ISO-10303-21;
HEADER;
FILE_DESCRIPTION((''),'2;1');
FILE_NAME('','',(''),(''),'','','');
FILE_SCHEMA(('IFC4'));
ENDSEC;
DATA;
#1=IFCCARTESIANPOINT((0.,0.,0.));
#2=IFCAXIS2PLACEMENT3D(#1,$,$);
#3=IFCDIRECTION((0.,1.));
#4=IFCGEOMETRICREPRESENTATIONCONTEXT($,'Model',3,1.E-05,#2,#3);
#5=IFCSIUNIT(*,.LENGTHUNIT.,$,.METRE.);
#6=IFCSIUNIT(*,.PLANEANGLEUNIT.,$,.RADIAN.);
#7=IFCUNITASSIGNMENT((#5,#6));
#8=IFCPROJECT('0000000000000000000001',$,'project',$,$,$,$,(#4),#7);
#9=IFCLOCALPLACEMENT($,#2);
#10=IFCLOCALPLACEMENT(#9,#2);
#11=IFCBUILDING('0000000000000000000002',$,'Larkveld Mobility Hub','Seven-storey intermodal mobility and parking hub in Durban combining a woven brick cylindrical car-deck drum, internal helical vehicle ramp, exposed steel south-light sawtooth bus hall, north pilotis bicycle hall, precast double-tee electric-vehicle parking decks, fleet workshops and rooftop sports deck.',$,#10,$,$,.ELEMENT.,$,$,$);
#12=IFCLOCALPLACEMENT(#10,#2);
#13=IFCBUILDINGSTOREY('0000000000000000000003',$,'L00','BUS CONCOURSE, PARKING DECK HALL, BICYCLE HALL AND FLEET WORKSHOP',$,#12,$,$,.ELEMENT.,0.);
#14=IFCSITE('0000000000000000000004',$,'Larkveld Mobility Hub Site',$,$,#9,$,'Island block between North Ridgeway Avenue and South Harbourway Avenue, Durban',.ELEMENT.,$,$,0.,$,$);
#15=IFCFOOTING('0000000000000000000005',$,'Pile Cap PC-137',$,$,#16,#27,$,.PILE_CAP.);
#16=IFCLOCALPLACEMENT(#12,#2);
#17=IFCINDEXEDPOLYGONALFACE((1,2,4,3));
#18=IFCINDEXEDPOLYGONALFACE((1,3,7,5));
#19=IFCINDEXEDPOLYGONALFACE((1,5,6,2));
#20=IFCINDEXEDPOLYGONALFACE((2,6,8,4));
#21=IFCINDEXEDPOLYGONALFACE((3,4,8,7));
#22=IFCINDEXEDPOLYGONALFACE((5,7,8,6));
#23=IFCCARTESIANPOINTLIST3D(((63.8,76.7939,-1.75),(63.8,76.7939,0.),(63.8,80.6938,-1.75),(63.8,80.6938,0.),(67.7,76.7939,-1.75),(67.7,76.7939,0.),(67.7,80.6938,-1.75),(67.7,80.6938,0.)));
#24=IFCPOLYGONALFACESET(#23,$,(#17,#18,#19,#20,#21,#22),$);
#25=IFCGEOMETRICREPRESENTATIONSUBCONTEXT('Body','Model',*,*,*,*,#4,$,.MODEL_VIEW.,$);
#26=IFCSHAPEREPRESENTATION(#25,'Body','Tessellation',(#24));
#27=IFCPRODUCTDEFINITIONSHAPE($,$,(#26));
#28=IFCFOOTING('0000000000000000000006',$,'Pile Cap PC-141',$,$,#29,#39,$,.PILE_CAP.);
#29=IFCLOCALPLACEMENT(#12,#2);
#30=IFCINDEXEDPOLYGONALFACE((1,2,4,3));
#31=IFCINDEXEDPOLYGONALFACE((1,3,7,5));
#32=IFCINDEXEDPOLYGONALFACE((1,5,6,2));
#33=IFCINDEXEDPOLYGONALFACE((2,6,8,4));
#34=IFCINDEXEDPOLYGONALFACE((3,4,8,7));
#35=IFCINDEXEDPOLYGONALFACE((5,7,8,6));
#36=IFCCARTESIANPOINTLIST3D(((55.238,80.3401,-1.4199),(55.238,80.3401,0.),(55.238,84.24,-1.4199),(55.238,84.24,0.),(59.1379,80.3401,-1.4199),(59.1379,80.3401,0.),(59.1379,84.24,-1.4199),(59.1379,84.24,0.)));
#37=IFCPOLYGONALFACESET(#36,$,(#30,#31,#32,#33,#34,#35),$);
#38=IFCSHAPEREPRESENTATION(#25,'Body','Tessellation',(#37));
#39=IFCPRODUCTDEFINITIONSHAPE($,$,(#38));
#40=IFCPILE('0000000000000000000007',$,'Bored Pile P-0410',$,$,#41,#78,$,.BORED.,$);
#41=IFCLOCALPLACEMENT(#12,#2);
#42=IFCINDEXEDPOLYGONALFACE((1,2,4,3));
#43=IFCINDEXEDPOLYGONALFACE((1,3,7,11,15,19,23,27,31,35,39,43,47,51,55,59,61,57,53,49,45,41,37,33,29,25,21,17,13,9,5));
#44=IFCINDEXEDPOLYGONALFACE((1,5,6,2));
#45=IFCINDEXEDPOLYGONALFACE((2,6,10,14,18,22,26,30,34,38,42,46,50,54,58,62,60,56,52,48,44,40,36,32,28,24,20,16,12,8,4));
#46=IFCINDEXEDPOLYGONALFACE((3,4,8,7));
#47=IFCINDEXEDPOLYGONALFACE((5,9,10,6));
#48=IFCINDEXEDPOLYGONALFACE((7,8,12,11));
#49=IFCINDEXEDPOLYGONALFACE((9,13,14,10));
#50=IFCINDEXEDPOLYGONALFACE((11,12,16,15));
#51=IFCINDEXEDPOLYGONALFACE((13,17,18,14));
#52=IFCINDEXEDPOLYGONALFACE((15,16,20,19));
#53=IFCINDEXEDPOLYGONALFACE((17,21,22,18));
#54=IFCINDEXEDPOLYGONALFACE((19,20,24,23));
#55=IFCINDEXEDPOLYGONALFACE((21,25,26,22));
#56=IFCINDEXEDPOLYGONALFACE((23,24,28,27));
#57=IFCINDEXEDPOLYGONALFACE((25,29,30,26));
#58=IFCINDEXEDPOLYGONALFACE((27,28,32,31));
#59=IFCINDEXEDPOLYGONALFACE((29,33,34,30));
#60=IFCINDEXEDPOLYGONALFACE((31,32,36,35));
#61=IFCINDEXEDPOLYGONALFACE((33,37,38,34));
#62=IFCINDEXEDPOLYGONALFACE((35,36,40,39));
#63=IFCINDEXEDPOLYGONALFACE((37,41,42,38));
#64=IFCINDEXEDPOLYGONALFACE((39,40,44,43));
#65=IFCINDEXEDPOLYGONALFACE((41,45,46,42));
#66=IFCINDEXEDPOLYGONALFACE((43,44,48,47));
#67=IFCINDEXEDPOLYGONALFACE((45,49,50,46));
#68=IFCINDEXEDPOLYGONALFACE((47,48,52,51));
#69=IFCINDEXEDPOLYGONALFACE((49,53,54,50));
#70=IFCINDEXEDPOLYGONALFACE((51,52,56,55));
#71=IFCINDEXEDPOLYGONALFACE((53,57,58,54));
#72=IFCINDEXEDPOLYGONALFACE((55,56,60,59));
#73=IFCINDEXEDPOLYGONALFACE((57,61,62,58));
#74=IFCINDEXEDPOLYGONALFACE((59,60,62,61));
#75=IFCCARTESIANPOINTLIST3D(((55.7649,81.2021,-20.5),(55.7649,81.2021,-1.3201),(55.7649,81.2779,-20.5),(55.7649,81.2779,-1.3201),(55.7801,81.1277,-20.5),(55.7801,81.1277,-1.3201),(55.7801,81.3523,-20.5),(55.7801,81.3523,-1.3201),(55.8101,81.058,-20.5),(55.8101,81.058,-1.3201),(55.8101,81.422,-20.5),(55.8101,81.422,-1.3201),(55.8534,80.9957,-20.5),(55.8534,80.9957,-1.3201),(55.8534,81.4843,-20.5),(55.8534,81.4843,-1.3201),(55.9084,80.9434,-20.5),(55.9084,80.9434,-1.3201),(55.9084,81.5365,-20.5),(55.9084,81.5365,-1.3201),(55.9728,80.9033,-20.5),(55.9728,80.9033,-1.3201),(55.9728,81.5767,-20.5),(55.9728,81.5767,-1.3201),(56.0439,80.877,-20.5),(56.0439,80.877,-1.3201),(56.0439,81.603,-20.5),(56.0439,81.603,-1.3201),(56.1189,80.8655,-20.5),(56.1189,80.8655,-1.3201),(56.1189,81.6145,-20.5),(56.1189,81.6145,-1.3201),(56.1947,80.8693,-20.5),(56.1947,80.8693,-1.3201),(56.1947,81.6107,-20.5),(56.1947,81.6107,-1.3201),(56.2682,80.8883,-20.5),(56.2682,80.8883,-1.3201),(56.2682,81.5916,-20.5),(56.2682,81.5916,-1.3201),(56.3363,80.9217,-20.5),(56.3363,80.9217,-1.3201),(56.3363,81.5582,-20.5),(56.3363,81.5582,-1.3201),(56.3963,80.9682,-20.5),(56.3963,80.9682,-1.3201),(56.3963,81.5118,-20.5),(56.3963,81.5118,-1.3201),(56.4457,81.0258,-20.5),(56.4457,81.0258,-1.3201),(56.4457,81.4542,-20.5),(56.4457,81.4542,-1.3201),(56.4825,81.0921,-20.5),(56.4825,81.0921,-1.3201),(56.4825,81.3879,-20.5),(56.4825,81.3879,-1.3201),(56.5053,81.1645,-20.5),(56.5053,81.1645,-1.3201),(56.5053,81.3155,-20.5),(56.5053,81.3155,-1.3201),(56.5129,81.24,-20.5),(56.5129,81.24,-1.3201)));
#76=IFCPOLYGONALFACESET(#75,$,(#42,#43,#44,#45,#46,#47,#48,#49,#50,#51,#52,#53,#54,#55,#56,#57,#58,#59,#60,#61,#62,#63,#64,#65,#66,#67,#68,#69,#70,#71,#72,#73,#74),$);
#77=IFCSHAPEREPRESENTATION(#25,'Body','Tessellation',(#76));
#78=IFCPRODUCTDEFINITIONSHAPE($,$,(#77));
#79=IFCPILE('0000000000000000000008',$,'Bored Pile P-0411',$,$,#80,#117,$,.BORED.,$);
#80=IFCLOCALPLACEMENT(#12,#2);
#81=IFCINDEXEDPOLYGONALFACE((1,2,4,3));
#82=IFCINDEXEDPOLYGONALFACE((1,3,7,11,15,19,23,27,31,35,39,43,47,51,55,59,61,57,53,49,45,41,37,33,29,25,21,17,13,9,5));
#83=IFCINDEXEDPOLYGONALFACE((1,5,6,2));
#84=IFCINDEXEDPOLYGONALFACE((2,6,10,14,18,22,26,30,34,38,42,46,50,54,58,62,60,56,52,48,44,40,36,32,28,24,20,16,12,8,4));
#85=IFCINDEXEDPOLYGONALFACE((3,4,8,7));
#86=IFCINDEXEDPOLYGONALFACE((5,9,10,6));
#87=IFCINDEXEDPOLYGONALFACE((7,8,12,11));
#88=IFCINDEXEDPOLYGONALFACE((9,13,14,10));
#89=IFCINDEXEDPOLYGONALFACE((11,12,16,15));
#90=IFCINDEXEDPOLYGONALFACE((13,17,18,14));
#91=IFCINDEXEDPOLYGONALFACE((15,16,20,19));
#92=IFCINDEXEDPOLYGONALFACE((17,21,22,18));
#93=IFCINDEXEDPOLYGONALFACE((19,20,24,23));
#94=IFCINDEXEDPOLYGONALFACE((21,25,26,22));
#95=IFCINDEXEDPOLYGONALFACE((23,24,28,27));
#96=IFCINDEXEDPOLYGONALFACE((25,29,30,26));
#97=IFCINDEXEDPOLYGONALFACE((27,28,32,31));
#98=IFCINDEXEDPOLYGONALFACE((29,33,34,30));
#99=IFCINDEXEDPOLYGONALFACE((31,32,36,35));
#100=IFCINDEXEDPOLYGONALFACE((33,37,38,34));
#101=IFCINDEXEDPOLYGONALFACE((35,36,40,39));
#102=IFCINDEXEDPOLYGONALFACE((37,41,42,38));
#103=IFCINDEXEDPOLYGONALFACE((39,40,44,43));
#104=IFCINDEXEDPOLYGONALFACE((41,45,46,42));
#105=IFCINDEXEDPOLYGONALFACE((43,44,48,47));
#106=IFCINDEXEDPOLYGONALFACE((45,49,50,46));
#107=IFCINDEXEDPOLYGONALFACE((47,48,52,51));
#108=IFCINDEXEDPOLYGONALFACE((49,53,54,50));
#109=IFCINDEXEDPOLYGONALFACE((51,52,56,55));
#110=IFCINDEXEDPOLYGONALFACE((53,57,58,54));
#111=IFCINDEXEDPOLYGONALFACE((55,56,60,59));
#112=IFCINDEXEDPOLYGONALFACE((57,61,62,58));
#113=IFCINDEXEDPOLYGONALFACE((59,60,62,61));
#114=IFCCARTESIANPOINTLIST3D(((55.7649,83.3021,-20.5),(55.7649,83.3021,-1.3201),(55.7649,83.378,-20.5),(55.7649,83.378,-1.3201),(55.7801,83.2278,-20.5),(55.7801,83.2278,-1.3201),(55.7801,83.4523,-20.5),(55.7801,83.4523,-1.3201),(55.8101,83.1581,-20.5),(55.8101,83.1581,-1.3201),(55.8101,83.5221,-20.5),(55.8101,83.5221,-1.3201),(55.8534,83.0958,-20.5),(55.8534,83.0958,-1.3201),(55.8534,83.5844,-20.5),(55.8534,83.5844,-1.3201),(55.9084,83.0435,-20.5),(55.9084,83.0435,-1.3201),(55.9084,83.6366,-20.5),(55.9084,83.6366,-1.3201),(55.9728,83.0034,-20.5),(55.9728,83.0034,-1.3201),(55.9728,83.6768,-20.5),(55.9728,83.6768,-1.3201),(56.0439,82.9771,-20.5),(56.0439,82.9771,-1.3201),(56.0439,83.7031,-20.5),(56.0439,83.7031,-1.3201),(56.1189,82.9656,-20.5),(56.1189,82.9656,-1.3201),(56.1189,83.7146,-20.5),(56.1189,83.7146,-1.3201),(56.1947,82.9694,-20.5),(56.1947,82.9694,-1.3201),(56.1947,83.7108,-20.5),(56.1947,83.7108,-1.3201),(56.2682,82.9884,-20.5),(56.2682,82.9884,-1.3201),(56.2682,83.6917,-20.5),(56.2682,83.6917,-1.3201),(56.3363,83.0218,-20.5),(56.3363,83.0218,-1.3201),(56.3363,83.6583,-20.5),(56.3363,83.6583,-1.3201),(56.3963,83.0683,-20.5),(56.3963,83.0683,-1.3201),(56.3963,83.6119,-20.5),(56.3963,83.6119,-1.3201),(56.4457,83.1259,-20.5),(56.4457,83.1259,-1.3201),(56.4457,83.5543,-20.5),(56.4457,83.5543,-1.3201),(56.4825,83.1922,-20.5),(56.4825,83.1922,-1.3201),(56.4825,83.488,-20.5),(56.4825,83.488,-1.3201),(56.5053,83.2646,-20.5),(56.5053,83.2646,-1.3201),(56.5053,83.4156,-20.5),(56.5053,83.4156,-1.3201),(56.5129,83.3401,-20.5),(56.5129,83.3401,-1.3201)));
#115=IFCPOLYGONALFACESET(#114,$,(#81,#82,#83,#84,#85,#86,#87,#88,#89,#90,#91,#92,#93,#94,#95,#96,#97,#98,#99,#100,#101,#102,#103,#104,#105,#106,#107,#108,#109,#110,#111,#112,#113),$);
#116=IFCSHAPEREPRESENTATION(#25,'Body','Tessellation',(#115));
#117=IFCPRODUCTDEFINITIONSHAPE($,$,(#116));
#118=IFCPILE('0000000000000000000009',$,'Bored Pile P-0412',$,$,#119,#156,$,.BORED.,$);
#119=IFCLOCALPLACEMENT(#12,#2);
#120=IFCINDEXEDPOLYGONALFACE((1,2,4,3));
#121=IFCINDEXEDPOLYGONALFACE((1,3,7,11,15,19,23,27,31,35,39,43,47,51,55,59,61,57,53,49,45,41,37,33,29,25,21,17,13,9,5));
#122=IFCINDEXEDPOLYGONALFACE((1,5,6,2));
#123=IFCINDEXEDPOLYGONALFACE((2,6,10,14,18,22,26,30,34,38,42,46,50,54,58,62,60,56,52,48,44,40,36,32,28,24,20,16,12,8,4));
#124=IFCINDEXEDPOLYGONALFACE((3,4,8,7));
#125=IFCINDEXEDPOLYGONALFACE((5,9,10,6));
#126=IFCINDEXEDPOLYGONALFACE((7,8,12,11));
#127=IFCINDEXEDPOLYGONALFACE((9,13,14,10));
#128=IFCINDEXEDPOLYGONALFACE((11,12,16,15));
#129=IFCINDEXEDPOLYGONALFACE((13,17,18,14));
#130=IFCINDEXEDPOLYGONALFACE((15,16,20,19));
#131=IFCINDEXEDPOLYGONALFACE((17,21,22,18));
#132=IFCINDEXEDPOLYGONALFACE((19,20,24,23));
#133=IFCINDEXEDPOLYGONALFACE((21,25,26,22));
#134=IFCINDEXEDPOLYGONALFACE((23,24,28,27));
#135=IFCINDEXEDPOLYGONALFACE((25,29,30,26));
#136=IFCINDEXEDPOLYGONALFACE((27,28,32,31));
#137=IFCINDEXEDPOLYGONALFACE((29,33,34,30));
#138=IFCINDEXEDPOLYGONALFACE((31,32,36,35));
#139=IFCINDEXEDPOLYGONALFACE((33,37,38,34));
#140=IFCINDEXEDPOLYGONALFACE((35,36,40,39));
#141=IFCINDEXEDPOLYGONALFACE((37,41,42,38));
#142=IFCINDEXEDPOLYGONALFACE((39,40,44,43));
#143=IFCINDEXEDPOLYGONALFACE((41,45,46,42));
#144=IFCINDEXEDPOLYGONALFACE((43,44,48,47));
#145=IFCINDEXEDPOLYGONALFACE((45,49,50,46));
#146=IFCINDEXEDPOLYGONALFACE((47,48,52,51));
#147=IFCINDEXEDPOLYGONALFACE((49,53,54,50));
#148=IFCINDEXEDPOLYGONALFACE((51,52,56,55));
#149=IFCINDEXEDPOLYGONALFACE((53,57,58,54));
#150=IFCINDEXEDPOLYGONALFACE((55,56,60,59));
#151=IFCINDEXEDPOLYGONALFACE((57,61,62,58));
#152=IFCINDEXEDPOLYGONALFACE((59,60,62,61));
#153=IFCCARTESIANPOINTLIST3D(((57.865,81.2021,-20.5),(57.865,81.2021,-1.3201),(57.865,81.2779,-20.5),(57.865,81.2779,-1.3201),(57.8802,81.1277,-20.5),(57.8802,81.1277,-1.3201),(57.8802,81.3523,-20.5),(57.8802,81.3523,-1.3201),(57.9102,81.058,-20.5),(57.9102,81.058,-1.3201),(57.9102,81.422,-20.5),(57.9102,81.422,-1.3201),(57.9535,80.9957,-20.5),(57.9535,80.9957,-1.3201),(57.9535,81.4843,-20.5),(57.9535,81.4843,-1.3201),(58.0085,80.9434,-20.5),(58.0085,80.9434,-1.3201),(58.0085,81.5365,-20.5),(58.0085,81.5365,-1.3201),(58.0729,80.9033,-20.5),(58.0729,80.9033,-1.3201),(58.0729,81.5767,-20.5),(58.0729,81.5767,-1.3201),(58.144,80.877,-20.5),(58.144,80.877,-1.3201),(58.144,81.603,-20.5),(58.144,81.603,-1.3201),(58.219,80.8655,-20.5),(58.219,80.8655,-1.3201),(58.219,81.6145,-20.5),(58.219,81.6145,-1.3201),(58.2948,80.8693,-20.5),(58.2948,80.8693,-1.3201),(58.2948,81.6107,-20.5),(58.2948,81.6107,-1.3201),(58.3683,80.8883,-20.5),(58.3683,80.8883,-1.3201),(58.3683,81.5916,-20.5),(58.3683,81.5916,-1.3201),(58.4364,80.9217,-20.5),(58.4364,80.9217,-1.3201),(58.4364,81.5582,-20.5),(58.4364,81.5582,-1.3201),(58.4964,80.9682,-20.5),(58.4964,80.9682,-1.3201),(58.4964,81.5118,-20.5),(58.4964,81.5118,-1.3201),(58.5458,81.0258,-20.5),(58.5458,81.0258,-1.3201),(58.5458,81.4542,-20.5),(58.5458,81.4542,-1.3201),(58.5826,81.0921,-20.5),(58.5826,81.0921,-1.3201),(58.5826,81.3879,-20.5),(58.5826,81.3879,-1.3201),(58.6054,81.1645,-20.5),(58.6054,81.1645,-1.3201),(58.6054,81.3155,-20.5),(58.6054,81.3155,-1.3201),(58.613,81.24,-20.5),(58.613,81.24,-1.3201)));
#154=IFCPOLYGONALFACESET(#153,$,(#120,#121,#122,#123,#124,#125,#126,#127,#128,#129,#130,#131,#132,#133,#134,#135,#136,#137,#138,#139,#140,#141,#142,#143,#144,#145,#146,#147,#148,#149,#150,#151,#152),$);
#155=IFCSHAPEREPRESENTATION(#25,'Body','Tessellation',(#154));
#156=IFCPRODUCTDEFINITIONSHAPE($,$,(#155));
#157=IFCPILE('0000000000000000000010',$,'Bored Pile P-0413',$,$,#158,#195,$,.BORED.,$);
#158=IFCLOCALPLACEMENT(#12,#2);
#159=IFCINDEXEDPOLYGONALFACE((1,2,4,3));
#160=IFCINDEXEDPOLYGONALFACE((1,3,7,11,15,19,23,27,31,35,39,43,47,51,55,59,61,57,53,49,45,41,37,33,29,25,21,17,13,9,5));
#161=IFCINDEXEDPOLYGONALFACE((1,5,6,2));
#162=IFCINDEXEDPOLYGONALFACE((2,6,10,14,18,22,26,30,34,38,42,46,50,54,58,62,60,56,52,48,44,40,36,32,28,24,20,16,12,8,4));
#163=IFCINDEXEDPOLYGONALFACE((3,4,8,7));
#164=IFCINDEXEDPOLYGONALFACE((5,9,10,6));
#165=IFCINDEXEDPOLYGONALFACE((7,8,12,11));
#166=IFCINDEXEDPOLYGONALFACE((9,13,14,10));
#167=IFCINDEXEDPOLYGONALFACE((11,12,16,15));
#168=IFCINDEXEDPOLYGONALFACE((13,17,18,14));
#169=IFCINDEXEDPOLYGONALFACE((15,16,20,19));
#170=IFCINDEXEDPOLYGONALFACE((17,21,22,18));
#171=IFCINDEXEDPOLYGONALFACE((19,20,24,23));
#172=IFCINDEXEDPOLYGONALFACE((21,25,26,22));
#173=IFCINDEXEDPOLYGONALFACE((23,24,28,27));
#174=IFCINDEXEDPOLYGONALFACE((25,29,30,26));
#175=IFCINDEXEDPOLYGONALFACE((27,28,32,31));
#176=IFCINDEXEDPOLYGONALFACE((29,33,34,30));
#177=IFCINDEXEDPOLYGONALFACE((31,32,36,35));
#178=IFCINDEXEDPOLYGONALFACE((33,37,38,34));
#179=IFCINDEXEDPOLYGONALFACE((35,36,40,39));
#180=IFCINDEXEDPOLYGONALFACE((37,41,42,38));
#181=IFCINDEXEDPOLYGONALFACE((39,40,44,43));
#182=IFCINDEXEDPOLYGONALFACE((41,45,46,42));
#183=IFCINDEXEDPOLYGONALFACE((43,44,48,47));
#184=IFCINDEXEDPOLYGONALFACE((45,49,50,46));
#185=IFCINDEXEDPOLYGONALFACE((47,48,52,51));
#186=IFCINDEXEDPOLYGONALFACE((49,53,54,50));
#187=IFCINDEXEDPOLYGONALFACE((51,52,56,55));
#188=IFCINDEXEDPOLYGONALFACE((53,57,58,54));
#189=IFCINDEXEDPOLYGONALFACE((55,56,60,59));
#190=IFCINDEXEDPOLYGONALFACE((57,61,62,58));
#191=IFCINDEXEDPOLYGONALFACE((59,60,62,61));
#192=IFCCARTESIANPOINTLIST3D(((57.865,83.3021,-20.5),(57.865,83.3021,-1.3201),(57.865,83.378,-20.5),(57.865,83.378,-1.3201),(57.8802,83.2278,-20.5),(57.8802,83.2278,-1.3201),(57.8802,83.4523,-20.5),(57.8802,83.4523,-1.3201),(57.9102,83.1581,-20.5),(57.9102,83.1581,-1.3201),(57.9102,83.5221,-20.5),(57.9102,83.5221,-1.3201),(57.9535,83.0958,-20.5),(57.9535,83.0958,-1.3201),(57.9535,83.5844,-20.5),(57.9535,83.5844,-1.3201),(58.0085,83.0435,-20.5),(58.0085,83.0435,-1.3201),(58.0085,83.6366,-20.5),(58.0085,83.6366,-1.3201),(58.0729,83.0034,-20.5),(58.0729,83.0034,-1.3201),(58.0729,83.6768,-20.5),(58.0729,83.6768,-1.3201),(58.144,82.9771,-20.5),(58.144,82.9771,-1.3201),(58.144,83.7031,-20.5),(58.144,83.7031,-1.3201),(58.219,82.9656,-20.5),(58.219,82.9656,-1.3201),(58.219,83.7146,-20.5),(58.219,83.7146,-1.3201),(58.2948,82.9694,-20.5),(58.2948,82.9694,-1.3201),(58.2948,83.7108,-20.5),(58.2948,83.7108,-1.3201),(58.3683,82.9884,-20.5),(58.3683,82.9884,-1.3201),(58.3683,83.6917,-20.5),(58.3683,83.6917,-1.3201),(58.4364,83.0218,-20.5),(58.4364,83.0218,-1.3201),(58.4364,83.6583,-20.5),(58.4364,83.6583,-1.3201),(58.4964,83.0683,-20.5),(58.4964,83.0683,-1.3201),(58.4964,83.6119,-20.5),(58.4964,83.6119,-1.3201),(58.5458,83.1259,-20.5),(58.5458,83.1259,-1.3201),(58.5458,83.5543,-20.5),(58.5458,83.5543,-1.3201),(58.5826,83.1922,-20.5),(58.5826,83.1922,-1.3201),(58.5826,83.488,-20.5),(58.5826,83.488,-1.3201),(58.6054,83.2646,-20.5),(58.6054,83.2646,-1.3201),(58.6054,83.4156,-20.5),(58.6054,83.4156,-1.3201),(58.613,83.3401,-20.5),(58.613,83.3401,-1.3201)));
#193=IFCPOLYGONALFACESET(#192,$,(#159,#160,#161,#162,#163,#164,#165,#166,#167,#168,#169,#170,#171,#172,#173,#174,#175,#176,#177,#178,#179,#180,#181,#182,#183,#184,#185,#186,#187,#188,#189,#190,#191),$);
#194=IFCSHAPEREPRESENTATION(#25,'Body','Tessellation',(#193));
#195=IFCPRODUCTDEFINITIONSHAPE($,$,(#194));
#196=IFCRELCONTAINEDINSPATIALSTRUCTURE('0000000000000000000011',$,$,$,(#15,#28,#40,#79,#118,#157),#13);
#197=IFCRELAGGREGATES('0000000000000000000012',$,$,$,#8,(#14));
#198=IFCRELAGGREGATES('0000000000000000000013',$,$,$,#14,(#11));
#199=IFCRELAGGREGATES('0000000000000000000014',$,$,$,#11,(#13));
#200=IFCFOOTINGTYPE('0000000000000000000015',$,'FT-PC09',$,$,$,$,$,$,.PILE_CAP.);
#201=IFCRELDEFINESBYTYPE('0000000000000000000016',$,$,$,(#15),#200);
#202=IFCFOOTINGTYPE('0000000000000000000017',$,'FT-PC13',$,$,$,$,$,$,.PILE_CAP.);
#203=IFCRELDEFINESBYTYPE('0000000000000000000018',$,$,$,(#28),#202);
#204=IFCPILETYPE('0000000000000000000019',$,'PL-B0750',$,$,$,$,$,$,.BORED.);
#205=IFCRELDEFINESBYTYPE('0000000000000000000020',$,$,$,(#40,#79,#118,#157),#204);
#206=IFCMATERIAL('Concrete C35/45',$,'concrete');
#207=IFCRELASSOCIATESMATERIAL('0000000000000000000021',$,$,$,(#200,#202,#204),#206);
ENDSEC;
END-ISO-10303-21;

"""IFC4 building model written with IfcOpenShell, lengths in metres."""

from ifc_helpers import new_model, si_unit, direction, frame, origin, origin_2d, place, context, subcontext, project, spatial, rectangle, circle, extrude, material, material_profile, profile_set, type_object, element, save


model = new_model("IFC4")

# Units and contexts
model_context = context("Model", 3, precision=1e-05, world=origin(), true_north=direction((0.0, 1.0)))
body_context = subcontext(model_context, "Body", "Model", "MODEL_VIEW")
ifc_project = project(units=[si_unit("LENGTHUNIT", "METRE"), si_unit("PLANEANGLEUNIT", "RADIAN")], contexts=[model_context])

# Site, building, storey
site_placement = place(None, origin())
site = spatial("IfcSite", under=ifc_project, at=site_placement, Name="Larkveld Mobility Hub Site", LongName="Island block between North Ridgeway Avenue and South Harbourway Avenue, Durban", CompositionType="ELEMENT", RefElevation=0.0)
building_placement = place(site_placement, origin())
building = spatial("IfcBuilding", under=site, at=building_placement, Name="Larkveld Mobility Hub", Description="Seven-storey intermodal mobility and parking hub in Durban combining a woven brick cylindrical car-deck drum, internal helical vehicle ramp, exposed steel south-light sawtooth bus hall, north pilotis bicycle hall, precast double-tee electric-vehicle parking decks, fleet workshops and rooftop sports deck.", CompositionType="ELEMENT")
storey_placement = place(building_placement, origin())
storey = spatial("IfcBuildingStorey", under=building, at=storey_placement, Name="L00", Description="BUS CONCOURSE, PARKING DECK HALL, BICYCLE HALL AND FLEET WORKSHOP", CompositionType="ELEMENT", Elevation=0.0)

# Footings
ifc_material_1 = material(Name="Concrete C35/45", Category="concrete")
footing_type_1 = type_object("IfcFootingType", Name="FT-PC09", PredefinedType="PILE_CAP", material=ifc_material_1)
footing_1_placement = place(storey_placement, frame((65.75, 78.7439, -1.75), z_axis=(0.0, 0.0, 1.0), x_axis=(1.0, 0.0, 0.0)))
element("IfcFooting", 1, at=footing_1_placement, inside=storey, type_object=footing_type_1, Name="Pile Cap PC-137", PredefinedType="PILE_CAP", context=body_context, shape_type="SweptSolid", body=[
    extrude(rectangle(XDim=3.8999, YDim=3.8999, at=origin_2d()), origin(), (0.0, 0.0, 1.0), 1.75),
])
footing_type_2 = type_object("IfcFootingType", Name="FT-PC13", PredefinedType="PILE_CAP", material=ifc_material_1)
footing_2_placement = place(storey_placement, frame((57.188, 82.29, -1.4199), z_axis=(0.0, 0.0, 1.0), x_axis=(1.0, 0.0, 0.0)))
element("IfcFooting", 2, at=footing_2_placement, inside=storey, type_object=footing_type_2, Name="Pile Cap PC-141", PredefinedType="PILE_CAP", context=body_context, shape_type="SweptSolid", body=[
    extrude(rectangle(XDim=3.8999, YDim=3.8999, at=origin_2d()), origin(), (0.0, 0.0, 1.0), 1.4199),
])

# Piles
ifc_material_profile_1 = material_profile(ifc_material_1, circle(Radius=0.375, at=origin_2d()), Name="PILE D750")
ifc_profile_set_1 = profile_set([ifc_material_profile_1], Name="Concrete C35/45")
pile_type_1 = type_object("IfcPileType", Name="PL-B0750", PredefinedType="BORED", material=ifc_profile_set_1)
for number, where, z_axis, x_axis, name in (
    (3, (56.1379, 81.24, -1.3201), (0.0, 0.0, -1.0), (1.0, 0.0, 0.0), "Bored Pile P-0410"),
    (4, (56.1379, 83.3401, -1.3201), (0.0, 0.0, -1.0), (1.0, 0.0, 0.0), "Bored Pile P-0411"),
    (5, (58.238, 81.24, -1.3201), (0.0, 0.0, -1.0), (1.0, 0.0, 0.0), "Bored Pile P-0412"),
    (6, (58.238, 83.3401, -1.3201), (0.0, 0.0, -1.0), (1.0, 0.0, 0.0), "Bored Pile P-0413"),
):
    element("IfcPile", number, at=place(storey_placement, frame(where, z_axis=z_axis, x_axis=x_axis)), inside=storey, type_object=pile_type_1, Name=name, PredefinedType="BORED", context=body_context, shape_type="SweptSolid", body=[
        extrude(circle(Radius=0.375, at=origin_2d()), origin(), (0.0, 0.0, 1.0), 19.1799),
    ])

save(model, "model.ifc")
